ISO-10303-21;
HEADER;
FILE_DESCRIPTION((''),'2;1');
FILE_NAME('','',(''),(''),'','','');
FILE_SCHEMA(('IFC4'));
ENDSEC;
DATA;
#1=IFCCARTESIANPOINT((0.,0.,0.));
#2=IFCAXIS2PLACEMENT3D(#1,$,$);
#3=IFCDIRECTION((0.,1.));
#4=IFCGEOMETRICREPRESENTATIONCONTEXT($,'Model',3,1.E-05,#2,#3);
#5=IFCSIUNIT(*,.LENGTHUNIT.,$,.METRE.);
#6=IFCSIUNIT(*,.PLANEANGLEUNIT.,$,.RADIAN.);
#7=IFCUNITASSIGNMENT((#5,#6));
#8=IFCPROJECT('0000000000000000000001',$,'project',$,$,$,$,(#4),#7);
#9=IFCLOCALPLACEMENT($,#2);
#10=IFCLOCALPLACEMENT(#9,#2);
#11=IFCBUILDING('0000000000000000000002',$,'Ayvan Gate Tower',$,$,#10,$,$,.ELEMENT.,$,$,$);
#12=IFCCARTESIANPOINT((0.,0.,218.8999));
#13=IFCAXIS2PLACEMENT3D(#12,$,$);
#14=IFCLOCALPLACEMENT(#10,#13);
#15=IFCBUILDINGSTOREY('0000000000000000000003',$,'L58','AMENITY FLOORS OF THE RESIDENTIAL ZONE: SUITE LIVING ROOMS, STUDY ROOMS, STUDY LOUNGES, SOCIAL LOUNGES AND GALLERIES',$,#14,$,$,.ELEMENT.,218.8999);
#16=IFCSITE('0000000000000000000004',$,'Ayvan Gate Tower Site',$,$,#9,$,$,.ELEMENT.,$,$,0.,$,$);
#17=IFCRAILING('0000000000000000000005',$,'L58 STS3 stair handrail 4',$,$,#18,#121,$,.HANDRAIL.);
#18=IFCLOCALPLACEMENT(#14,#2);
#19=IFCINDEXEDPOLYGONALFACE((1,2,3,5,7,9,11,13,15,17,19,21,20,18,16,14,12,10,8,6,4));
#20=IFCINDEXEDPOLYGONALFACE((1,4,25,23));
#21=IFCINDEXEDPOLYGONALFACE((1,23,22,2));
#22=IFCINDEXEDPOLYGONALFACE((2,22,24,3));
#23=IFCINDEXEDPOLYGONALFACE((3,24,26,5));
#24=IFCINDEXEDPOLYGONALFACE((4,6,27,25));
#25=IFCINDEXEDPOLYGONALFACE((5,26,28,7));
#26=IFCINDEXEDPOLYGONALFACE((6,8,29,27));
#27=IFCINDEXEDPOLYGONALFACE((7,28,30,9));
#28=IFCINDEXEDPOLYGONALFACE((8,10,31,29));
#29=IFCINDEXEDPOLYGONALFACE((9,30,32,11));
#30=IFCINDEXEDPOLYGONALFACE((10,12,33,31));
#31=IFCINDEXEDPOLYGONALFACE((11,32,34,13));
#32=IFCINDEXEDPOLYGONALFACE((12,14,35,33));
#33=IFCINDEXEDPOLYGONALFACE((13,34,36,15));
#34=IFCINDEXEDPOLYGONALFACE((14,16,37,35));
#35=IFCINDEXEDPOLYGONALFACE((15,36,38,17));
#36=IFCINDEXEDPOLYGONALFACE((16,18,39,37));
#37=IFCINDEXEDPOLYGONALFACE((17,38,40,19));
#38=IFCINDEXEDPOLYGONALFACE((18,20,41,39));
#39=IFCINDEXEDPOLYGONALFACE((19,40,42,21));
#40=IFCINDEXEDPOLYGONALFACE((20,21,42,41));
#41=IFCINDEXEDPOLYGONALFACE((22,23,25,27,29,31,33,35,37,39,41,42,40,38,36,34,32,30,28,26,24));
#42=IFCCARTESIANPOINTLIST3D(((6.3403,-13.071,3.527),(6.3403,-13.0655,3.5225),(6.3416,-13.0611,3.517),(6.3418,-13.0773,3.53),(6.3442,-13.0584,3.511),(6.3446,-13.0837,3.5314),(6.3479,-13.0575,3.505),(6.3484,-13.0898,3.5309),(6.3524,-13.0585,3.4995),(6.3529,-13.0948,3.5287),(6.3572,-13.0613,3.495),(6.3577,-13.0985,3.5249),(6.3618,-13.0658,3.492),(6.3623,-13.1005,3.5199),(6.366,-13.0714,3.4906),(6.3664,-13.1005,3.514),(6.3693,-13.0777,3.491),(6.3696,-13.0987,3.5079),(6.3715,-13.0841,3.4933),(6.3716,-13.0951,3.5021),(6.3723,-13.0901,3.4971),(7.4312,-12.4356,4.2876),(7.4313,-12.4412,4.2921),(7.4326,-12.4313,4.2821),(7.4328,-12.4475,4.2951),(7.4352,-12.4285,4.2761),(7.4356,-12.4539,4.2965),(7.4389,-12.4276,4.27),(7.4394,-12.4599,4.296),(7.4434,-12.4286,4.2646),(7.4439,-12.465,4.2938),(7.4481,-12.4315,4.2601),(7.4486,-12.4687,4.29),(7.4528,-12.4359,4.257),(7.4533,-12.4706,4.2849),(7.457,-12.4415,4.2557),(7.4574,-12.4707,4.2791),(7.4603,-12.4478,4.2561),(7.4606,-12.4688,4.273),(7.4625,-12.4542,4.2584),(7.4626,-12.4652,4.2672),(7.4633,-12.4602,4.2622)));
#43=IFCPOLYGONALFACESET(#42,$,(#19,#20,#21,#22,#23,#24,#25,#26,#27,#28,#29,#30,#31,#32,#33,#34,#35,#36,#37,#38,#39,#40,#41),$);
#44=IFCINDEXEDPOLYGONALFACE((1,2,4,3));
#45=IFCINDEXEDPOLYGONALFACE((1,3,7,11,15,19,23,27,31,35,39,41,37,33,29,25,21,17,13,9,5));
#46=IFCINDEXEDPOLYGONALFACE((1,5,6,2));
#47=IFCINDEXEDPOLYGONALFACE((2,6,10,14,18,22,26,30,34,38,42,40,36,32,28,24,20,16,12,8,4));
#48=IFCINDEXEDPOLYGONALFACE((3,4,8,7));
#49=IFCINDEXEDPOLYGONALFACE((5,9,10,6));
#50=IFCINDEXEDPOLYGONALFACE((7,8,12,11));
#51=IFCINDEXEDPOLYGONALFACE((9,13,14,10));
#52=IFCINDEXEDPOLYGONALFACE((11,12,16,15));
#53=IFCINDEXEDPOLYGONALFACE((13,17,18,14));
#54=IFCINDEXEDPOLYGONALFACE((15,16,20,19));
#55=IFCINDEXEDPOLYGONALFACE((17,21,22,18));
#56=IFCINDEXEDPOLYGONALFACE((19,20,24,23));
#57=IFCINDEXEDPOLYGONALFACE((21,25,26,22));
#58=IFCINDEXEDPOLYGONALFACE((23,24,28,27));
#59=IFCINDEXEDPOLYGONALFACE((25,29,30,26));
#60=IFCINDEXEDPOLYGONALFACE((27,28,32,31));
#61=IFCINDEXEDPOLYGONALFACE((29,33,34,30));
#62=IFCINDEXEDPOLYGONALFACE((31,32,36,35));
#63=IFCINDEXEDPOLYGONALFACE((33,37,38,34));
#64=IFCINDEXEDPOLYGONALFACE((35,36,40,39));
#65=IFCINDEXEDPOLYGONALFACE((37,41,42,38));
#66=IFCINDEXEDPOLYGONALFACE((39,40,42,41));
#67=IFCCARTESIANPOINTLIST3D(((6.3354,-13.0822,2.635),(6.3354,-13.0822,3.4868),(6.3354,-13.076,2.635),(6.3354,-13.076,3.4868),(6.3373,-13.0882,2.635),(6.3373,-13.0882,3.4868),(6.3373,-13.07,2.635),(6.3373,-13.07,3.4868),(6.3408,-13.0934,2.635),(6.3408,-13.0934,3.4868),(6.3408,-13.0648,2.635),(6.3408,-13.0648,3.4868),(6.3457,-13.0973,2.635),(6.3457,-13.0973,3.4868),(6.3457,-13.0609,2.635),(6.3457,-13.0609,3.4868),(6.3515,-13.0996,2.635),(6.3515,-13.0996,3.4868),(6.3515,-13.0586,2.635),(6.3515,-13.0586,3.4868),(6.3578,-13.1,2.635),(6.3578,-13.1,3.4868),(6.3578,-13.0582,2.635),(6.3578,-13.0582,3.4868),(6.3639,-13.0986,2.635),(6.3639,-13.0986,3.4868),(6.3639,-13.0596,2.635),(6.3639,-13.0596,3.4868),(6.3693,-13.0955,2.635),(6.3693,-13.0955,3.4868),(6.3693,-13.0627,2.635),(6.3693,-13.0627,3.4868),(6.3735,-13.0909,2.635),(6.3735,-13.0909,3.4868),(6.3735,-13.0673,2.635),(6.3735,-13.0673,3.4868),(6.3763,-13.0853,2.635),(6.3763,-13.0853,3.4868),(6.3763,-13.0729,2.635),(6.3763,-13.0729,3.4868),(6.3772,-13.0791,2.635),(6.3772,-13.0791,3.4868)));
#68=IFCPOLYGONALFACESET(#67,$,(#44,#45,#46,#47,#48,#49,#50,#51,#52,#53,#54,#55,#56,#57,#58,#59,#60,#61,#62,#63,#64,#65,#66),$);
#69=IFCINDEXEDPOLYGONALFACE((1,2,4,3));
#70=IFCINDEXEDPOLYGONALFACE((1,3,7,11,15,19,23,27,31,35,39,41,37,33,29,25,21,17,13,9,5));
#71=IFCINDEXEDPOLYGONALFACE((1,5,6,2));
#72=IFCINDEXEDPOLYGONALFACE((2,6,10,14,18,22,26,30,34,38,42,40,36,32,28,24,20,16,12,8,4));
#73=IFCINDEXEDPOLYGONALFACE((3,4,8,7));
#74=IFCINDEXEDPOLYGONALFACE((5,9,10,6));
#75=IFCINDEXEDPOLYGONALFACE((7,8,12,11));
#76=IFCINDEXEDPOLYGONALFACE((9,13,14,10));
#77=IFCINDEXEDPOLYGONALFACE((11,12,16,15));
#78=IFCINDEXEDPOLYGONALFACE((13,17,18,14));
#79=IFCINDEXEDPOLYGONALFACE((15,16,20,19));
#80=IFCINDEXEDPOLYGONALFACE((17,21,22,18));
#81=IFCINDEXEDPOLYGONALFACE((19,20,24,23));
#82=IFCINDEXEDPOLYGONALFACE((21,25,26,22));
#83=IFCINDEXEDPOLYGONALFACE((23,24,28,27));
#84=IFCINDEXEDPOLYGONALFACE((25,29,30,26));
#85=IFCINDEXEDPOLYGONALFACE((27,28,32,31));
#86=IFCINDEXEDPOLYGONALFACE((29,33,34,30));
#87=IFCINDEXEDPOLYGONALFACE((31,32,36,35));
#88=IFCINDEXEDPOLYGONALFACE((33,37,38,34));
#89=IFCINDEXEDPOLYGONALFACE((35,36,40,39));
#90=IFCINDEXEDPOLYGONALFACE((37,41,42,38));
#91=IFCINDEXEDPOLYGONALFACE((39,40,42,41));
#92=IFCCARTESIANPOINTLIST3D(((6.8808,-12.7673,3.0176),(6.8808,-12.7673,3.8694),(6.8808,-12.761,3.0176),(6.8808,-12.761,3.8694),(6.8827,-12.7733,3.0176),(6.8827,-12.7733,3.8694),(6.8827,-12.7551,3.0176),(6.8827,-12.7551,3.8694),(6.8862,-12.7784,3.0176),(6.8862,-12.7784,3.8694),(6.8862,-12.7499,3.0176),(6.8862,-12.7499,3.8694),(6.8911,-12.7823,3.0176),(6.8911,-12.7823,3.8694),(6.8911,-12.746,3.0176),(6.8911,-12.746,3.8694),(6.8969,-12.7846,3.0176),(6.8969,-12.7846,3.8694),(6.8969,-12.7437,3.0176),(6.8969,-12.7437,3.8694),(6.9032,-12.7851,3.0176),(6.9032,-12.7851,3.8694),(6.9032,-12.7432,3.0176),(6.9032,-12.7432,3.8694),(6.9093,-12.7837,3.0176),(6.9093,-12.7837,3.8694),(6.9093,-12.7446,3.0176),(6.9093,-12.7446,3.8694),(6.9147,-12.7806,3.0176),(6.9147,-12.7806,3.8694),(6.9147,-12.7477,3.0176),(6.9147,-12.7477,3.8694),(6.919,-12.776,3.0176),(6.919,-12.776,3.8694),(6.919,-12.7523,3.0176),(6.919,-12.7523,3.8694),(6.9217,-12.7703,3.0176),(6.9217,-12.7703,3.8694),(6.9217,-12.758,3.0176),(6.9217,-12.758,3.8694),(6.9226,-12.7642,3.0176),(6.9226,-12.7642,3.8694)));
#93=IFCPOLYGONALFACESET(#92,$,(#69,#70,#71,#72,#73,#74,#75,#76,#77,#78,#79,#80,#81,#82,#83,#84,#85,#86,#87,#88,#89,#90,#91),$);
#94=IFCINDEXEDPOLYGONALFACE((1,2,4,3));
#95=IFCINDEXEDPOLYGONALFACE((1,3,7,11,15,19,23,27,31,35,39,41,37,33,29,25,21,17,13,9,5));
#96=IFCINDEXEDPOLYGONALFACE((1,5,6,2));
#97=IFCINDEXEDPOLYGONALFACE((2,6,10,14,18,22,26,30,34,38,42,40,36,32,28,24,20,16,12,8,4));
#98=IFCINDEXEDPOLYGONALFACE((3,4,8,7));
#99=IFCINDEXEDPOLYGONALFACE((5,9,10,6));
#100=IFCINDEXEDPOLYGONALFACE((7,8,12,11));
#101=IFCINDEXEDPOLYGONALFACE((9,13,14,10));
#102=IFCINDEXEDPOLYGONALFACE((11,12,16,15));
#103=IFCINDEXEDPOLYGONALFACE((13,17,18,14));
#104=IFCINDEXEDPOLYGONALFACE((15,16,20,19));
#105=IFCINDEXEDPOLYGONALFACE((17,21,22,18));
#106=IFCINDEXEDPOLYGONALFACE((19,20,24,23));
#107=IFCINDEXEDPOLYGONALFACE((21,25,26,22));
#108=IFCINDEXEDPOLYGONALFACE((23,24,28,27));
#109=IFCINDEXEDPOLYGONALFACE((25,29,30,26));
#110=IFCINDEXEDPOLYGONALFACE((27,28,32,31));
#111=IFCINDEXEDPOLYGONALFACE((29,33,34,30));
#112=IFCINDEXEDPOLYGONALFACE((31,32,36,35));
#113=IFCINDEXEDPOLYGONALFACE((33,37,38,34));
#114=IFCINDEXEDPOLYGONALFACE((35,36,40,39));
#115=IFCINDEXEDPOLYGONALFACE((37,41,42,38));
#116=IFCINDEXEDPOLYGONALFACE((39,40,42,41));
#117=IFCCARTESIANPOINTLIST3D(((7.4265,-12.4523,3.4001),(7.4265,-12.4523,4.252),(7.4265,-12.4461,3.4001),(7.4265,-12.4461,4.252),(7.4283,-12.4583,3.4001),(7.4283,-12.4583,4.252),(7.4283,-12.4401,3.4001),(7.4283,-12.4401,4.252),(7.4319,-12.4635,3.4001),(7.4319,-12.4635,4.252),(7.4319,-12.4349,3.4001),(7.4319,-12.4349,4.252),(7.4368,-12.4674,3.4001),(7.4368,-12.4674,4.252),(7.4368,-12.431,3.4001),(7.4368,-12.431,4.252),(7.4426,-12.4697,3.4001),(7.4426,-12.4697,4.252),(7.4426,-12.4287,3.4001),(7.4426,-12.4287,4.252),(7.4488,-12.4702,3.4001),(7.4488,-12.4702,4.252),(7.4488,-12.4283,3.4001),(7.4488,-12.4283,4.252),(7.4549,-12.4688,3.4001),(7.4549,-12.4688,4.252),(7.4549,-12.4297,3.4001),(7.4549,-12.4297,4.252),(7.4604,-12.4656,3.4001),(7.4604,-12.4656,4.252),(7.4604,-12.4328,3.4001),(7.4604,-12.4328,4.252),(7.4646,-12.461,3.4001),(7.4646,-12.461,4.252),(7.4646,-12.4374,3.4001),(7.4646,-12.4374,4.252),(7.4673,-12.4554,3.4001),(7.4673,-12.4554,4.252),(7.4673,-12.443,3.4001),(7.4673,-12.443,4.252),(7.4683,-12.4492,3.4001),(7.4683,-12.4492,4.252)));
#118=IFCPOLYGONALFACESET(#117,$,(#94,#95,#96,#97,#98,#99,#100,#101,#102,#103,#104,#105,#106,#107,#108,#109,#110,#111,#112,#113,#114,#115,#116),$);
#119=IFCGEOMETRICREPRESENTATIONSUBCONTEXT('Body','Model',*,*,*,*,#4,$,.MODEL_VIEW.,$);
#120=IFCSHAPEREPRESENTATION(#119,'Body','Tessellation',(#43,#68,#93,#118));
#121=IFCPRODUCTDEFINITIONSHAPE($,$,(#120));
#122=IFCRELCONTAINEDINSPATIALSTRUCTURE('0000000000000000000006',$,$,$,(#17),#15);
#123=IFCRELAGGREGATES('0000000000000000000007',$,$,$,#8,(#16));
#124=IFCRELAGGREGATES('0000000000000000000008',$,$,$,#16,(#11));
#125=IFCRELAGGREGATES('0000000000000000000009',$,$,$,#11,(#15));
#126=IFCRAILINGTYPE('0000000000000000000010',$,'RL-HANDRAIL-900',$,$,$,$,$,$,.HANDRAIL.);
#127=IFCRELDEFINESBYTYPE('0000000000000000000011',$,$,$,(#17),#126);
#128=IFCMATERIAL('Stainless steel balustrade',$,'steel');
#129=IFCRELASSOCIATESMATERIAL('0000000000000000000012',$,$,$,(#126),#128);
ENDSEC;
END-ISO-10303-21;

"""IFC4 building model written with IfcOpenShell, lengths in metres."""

from ifc_helpers import new_model, si_unit, direction, frame, origin, origin_2d, place, context, subcontext, project, spatial, circle, extrude, material, type_object, element, save


model = new_model("IFC4")

# Units and contexts
model_context = context("Model", 3, precision=1e-05, world=origin(), true_north=direction((0.0, 1.0)))
body_context = subcontext(model_context, "Body", "Model", "MODEL_VIEW")
ifc_project = project(units=[si_unit("LENGTHUNIT", "METRE"), si_unit("PLANEANGLEUNIT", "RADIAN")], contexts=[model_context])

# Site, building, storey
site_placement = place(None, origin())
site = spatial("IfcSite", under=ifc_project, at=site_placement, Name="Ayvan Gate Tower Site", CompositionType="ELEMENT", RefElevation=0.0)
building_placement = place(site_placement, origin())
building = spatial("IfcBuilding", under=site, at=building_placement, Name="Ayvan Gate Tower", CompositionType="ELEMENT")
storey_placement = place(building_placement, frame((0.0, 0.0, 218.8999)))
storey = spatial("IfcBuildingStorey", under=building, at=storey_placement, Name="L58", Description="AMENITY FLOORS OF THE RESIDENTIAL ZONE: SUITE LIVING ROOMS, STUDY ROOMS, STUDY LOUNGES, SOCIAL LOUNGES AND GALLERIES", CompositionType="ELEMENT", Elevation=218.8999)

# Railing
ifc_material_1 = material(Name="Stainless steel balustrade", Category="steel")
railing_type = type_object("IfcRailingType", Name="RL-HANDRAIL-900", PredefinedType="HANDRAIL", material=ifc_material_1)
railing_placement = place(storey_placement, frame((6.3562, -13.0791, 2.635)))
element("IfcRailing", 1, at=railing_placement, inside=storey, type_object=railing_type, Name="L58 STS3 stair handrail 4", PredefinedType="HANDRAIL", context=body_context, shape_type="SweptSolid", body=[
    extrude(circle(Radius=0.0239, at=origin_2d()), frame((0.0, 0.0, 0.876), z_axis=(0.740218, 0.427336, 0.519097), x_axis=(-0.499974, 0.86604, 0.0)), (0.0, 0.0, 1.0), 1.4739),
    extrude(circle(Radius=0.021, at=origin_2d()), origin(), (0.0, 0.0, 1.0), 0.8518),
    extrude(circle(Radius=0.021, at=origin_2d()), frame((0.5454, 0.3149, 0.3826)), (0.0, 0.0, 1.0), 0.8518),
    extrude(circle(Radius=0.021, at=origin_2d()), frame((1.0911, 0.6299, 0.7651)), (0.0, 0.0, 1.0), 0.8518),
])

save(model, "model.ifc")
